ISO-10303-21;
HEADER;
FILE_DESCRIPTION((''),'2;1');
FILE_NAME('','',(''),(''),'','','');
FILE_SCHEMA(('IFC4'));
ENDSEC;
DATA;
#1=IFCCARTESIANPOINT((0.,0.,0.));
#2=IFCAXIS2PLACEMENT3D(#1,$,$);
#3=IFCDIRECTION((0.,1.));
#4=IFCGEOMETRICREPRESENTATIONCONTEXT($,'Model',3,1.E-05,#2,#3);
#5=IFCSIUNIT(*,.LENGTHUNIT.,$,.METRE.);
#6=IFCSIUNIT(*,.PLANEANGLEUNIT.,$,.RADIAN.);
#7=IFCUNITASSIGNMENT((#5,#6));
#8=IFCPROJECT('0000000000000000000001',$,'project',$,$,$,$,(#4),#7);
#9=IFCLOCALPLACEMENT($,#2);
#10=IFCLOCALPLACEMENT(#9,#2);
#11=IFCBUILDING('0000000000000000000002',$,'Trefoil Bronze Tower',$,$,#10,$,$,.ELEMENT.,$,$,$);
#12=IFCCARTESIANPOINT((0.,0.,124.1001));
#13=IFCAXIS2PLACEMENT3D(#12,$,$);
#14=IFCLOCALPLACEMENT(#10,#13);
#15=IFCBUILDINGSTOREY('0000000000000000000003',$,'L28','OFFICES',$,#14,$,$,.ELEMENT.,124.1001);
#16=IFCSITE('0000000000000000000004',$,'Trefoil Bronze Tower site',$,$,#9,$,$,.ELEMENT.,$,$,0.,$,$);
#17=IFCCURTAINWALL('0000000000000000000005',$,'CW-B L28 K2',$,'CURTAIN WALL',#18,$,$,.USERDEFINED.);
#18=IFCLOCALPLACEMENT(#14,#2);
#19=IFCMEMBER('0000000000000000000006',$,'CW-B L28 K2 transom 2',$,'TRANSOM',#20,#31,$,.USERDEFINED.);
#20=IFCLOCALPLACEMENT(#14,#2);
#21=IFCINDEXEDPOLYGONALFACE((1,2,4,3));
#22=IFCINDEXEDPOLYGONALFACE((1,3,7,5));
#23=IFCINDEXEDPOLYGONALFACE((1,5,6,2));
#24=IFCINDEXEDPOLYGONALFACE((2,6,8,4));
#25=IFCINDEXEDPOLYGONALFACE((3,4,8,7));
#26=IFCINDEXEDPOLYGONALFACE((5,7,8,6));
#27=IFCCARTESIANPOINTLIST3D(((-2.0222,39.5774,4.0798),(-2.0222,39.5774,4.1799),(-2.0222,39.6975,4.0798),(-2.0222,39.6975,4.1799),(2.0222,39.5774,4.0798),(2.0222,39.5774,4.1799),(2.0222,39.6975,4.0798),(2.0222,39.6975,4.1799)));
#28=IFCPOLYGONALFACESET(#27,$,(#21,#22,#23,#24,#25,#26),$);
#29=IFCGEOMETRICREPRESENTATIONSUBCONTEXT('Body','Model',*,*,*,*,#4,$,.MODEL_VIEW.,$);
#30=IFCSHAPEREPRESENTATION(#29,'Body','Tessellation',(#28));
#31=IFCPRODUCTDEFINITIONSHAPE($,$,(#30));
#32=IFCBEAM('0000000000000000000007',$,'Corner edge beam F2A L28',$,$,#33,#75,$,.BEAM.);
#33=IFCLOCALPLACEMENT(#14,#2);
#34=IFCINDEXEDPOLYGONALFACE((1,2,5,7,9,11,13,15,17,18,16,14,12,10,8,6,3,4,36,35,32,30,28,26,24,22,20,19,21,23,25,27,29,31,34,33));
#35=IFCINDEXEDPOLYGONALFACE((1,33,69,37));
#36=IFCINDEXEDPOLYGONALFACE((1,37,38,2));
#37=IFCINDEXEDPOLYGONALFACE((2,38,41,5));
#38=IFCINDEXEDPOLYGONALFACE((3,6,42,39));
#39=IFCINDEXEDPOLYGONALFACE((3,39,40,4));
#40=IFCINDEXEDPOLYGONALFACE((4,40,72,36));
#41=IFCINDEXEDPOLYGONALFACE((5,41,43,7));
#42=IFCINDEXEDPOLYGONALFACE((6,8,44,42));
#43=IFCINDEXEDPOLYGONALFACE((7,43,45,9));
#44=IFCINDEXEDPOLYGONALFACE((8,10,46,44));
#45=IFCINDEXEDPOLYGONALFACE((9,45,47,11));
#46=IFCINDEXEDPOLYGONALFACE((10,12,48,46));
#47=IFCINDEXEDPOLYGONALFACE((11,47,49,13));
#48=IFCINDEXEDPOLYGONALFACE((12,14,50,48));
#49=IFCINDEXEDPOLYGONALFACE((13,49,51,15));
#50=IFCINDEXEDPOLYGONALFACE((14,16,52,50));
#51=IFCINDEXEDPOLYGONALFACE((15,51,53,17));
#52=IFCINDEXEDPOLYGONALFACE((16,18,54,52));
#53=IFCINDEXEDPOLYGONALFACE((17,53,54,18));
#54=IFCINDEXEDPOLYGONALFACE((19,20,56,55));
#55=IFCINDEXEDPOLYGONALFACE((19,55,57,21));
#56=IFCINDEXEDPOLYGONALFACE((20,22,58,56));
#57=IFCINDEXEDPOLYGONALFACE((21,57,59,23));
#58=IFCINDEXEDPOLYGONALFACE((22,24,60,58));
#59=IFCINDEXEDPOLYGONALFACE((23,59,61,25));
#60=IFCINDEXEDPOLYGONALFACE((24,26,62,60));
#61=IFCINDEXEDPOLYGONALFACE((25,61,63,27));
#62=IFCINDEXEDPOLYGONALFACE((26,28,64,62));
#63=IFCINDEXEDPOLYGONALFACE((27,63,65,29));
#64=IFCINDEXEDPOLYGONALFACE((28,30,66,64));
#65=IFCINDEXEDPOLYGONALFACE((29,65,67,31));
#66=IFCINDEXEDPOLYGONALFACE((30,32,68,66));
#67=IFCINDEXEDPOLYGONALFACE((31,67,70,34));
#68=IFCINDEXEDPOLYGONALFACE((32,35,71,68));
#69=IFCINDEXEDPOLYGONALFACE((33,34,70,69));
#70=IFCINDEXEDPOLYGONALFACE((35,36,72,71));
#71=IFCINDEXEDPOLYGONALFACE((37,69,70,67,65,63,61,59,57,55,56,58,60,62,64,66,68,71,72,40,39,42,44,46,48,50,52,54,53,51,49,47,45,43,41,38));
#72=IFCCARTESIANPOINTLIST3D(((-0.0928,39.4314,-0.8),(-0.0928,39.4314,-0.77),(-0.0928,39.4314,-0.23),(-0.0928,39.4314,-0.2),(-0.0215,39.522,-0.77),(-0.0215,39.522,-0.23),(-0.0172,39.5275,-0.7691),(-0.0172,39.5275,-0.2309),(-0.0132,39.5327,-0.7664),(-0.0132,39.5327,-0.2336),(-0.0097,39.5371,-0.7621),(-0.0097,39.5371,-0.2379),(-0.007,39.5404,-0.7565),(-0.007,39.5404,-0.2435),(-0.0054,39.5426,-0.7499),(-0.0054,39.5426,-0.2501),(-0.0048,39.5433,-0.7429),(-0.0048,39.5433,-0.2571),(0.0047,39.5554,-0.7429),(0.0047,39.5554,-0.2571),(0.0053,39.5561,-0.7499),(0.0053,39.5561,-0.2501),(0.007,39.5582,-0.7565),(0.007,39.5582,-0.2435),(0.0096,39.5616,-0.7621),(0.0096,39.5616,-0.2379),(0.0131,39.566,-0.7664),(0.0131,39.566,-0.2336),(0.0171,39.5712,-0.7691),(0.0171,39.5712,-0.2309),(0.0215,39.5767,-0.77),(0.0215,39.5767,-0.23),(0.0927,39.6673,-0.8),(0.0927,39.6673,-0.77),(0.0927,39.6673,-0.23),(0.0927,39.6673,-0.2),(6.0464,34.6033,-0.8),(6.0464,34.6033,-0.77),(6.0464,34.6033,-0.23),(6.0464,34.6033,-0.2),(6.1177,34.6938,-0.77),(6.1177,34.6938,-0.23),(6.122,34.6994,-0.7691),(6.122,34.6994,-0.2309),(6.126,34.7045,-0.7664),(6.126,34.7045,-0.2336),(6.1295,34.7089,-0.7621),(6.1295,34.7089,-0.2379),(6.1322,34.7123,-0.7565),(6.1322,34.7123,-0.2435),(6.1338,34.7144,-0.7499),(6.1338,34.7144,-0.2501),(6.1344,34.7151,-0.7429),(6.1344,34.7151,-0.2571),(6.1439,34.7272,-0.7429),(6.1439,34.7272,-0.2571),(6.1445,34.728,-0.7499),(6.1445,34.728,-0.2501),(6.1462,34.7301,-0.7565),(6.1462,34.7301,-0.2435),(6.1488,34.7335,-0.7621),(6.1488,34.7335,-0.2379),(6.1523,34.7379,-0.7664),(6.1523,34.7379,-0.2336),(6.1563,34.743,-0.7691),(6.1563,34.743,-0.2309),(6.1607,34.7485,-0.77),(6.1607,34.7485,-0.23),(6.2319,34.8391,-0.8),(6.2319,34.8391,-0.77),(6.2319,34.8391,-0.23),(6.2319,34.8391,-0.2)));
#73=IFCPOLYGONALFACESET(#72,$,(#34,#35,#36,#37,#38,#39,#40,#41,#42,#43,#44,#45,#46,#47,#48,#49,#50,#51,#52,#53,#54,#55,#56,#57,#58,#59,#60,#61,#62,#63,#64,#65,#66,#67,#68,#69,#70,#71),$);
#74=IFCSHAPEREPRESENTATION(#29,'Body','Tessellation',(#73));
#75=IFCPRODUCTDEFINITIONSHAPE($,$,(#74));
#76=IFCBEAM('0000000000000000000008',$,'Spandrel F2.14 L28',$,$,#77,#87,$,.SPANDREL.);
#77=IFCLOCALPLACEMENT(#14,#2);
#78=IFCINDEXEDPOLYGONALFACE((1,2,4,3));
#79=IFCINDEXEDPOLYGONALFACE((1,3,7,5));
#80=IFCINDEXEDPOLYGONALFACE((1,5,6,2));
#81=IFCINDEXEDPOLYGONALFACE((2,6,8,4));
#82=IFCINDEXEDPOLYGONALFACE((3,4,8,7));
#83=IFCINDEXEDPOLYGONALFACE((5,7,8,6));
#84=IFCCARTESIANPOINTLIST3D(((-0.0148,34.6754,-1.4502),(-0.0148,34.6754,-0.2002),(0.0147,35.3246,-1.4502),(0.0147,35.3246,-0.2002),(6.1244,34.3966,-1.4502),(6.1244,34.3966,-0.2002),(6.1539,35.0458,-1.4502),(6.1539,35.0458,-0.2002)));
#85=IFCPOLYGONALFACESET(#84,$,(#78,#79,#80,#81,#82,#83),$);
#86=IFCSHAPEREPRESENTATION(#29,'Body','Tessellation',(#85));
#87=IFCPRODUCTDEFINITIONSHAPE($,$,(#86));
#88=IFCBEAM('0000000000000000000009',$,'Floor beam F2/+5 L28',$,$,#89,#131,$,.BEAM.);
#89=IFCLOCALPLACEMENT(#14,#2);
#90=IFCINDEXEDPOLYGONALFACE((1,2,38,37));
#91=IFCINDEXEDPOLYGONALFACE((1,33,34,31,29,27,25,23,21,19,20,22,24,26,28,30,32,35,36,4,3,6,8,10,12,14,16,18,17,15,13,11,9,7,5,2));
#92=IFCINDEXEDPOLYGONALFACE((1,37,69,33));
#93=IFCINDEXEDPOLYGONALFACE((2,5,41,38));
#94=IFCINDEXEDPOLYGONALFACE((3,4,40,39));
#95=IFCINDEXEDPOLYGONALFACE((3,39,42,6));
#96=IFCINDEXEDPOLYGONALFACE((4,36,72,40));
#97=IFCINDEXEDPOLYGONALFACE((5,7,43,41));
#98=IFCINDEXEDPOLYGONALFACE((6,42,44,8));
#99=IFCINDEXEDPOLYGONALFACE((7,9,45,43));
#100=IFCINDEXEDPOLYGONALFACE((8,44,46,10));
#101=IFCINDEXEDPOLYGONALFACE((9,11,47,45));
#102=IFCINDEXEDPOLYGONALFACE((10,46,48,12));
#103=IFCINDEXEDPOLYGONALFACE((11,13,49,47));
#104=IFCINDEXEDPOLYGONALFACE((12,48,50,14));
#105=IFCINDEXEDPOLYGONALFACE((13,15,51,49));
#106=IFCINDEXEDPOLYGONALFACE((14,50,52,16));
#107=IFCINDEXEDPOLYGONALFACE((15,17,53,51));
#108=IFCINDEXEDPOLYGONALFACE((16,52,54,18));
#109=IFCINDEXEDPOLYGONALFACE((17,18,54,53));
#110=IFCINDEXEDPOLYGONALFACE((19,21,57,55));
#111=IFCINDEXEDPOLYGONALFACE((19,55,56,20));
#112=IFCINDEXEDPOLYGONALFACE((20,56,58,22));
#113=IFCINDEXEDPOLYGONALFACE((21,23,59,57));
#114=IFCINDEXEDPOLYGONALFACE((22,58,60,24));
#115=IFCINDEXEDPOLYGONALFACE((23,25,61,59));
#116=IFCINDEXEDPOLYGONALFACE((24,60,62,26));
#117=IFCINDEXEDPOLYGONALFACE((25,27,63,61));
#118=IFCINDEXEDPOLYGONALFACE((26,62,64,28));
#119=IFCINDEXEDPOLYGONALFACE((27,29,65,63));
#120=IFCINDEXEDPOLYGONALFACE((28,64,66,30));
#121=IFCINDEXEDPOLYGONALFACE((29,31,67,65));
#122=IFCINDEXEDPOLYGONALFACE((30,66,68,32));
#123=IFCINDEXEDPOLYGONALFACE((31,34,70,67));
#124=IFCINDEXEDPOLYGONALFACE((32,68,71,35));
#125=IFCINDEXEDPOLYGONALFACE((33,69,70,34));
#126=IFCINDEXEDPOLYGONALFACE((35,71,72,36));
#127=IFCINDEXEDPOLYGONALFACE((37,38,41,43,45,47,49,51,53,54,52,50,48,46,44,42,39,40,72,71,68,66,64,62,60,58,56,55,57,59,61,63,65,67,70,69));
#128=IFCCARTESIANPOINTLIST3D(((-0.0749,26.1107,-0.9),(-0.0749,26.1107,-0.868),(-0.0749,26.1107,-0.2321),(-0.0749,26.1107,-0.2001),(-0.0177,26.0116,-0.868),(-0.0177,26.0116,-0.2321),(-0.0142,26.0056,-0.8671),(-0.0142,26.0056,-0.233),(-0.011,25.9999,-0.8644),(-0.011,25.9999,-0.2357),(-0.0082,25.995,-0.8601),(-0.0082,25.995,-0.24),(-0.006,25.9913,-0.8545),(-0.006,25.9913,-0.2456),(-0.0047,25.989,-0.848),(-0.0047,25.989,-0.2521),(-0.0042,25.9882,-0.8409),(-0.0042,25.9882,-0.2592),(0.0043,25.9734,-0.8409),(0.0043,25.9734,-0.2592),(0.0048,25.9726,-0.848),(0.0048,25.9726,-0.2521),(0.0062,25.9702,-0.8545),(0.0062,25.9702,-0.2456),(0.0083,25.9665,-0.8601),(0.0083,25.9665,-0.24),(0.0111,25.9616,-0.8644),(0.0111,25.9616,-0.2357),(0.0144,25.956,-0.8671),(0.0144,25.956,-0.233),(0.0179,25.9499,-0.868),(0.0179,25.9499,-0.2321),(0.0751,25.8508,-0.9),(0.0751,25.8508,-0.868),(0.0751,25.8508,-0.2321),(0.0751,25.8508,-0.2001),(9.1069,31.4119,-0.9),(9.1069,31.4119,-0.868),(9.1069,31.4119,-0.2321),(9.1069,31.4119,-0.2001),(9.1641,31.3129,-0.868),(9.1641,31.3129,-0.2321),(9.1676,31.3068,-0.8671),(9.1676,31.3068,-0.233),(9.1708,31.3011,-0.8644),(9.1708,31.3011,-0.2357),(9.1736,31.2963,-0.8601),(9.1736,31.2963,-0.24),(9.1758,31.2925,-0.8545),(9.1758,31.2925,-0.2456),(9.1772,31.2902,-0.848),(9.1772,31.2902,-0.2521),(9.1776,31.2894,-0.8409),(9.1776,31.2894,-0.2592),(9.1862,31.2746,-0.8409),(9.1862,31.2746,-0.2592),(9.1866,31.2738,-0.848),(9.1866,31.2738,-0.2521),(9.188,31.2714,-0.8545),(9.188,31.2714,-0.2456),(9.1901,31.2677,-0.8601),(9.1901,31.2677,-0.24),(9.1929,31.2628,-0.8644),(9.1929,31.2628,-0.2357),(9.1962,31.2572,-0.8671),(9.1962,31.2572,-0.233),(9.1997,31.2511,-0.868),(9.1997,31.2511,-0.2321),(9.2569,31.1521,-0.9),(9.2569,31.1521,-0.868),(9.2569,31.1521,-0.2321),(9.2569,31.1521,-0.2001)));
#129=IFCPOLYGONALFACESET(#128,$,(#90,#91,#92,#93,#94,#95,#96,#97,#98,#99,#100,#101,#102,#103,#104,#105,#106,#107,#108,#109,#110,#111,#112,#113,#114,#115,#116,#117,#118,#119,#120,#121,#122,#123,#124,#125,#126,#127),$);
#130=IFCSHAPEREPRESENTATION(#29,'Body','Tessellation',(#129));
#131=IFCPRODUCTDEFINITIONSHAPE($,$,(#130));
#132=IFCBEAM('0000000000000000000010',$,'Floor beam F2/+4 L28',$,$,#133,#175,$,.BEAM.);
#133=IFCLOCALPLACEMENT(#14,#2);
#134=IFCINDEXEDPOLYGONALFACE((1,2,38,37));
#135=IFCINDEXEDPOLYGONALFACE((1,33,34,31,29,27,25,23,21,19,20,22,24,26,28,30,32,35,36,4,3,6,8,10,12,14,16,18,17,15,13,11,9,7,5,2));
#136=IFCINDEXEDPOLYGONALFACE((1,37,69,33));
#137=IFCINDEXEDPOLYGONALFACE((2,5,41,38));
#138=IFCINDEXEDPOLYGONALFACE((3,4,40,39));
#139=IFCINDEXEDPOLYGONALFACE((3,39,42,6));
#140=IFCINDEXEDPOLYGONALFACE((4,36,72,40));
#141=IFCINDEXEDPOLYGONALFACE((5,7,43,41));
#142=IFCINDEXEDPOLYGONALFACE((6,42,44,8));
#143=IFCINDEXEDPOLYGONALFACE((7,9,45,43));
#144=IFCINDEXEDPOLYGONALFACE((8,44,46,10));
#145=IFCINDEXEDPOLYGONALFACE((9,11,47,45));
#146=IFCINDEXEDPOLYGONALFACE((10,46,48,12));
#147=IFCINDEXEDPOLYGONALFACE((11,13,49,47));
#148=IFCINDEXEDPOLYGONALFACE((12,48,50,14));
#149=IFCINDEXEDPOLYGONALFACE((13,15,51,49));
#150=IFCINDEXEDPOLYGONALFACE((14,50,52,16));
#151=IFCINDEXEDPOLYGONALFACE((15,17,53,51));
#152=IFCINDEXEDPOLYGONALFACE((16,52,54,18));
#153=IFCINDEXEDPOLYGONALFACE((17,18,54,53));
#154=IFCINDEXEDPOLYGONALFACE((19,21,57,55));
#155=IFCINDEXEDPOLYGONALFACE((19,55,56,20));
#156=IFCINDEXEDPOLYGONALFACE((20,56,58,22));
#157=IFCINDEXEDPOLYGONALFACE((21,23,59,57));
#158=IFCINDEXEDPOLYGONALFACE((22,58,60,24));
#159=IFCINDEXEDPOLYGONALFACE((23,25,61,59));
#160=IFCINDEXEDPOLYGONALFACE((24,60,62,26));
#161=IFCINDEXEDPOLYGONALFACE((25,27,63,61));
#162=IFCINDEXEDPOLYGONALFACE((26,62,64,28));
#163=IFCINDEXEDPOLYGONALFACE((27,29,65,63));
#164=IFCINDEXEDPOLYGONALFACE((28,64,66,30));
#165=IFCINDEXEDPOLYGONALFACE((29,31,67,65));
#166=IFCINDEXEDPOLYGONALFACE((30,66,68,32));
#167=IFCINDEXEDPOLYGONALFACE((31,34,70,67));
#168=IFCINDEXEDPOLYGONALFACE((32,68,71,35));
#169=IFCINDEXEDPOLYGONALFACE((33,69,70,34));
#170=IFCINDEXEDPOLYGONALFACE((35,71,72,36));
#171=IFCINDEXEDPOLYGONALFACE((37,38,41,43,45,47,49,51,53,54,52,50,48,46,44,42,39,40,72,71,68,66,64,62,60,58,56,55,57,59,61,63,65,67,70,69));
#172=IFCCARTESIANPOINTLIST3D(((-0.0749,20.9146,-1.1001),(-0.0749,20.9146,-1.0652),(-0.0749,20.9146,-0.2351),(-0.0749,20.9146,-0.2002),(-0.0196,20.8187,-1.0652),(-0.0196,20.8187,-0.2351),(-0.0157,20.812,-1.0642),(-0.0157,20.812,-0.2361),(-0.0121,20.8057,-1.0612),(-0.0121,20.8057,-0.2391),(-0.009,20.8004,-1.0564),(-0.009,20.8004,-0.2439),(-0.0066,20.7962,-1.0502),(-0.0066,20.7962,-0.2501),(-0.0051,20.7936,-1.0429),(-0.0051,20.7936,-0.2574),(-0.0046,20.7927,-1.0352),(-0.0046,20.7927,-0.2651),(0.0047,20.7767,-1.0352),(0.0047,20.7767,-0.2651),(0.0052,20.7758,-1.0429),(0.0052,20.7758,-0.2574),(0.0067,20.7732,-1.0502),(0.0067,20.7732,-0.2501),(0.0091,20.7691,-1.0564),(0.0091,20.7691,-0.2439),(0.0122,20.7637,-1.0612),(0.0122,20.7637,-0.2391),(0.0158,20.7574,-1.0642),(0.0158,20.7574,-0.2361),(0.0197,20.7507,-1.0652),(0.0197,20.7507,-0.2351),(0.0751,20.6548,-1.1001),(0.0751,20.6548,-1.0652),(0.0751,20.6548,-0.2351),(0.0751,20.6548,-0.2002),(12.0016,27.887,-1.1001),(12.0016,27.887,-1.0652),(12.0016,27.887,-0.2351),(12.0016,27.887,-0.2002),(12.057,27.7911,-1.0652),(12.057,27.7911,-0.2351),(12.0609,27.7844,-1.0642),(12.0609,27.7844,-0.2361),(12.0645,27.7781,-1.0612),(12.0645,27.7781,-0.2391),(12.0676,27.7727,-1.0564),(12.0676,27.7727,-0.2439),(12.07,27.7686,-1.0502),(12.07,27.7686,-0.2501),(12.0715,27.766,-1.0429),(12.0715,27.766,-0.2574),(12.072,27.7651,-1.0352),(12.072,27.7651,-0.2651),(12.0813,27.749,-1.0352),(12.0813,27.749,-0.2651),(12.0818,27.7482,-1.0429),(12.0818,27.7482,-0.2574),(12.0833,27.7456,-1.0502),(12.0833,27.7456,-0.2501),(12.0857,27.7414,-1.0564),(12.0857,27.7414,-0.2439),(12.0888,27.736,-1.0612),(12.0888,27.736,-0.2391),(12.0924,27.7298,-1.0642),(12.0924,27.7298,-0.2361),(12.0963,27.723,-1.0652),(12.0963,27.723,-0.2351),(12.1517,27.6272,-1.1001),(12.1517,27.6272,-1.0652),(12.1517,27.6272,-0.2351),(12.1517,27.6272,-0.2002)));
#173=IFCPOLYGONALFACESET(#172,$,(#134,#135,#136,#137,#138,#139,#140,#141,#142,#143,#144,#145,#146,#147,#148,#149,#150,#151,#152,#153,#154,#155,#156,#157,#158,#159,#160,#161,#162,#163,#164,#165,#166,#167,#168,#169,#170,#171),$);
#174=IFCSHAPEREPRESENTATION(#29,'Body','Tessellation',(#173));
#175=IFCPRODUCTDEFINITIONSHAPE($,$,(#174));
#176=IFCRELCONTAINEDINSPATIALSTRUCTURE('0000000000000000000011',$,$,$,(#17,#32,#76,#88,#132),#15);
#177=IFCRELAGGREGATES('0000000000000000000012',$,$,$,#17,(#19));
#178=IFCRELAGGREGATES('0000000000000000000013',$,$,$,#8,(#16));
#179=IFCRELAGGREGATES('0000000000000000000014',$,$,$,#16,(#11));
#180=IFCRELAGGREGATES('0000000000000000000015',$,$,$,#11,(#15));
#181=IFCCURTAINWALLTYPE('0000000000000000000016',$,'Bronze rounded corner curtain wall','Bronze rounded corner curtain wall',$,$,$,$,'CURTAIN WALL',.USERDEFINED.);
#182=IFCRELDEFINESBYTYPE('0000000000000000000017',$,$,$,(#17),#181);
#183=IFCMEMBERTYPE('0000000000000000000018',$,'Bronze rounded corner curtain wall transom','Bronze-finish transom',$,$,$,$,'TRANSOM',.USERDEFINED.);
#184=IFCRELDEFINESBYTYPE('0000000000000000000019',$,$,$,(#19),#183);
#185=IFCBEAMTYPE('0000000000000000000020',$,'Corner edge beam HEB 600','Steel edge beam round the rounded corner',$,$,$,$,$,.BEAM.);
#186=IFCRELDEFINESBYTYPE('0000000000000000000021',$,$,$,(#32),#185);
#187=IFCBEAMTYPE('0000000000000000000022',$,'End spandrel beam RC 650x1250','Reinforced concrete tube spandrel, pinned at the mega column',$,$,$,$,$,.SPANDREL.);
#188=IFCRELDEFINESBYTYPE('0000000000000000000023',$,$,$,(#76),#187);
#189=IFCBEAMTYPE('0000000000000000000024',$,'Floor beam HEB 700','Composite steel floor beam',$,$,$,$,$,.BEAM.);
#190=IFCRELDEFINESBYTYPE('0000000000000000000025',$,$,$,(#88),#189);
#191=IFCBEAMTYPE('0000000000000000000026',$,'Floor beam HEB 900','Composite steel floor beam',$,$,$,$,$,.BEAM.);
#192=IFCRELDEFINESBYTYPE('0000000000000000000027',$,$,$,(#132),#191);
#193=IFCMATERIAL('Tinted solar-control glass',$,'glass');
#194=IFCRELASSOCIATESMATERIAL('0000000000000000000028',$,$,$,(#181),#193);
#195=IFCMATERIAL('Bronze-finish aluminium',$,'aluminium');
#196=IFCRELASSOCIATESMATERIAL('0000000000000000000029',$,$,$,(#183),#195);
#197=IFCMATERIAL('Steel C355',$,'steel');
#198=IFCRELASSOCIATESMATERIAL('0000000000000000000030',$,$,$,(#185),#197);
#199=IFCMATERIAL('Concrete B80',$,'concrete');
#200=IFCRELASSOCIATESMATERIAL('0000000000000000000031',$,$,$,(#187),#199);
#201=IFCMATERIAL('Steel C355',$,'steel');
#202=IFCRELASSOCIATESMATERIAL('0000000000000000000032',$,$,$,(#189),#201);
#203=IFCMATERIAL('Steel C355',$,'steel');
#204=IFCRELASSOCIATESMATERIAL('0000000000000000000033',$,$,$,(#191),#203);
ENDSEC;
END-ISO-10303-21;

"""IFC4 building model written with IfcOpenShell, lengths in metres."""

from ifc_helpers import new_model, si_unit, direction, frame, origin, origin_2d, place, context, subcontext, project, spatial, rectangle, i_section, extrude, material, material_profile, profile_set, type_object, element, aggregate, save


model = new_model("IFC4")

# Units and contexts
model_context = context("Model", 3, precision=1e-05, world=origin(), true_north=direction((0.0, 1.0)))
body_context = subcontext(model_context, "Body", "Model", "MODEL_VIEW")
ifc_project = project(units=[si_unit("LENGTHUNIT", "METRE"), si_unit("PLANEANGLEUNIT", "RADIAN")], contexts=[model_context])

# Site, building, storey
site_placement = place(None, origin())
site = spatial("IfcSite", under=ifc_project, at=site_placement, Name="Trefoil Bronze Tower site", CompositionType="ELEMENT", RefElevation=0.0)
building_placement = place(site_placement, origin())
building = spatial("IfcBuilding", under=site, at=building_placement, Name="Trefoil Bronze Tower", CompositionType="ELEMENT")
storey_placement = place(building_placement, frame((0.0, 0.0, 124.1001)))
storey = spatial("IfcBuildingStorey", under=building, at=storey_placement, Name="L28", Description="OFFICES", CompositionType="ELEMENT", Elevation=124.1001)

# Curtain wall, member
ifc_material_1 = material(Name="Tinted solar-control glass", Category="glass")
curtain_wall_type_1 = type_object("IfcCurtainWallType", Name="Bronze rounded corner curtain wall", Description="Bronze rounded corner curtain wall", ElementType="CURTAIN WALL", PredefinedType="USERDEFINED", material=ifc_material_1)
curtain_wall_1_placement = place(storey_placement, origin())
curtain_wall_1 = element("IfcCurtainWall", 1, at=curtain_wall_1_placement, inside=storey, type_object=curtain_wall_type_1, Name="CW-B L28 K2", ObjectType="CURTAIN WALL", PredefinedType="USERDEFINED")
ifc_material_2 = material(Name="Bronze-finish aluminium", Category="aluminium")
ifc_material_profile_1 = material_profile(ifc_material_2, rectangle(XDim=0.1201, YDim=0.1001, at=origin_2d()), Name="CW-B transom")
ifc_profile_set_1 = profile_set([ifc_material_profile_1], Name="Bronze-finish aluminium")
member_type_1 = type_object("IfcMemberType", Name="Bronze rounded corner curtain wall transom", Description="Bronze-finish transom", ElementType="TRANSOM", PredefinedType="USERDEFINED", material=ifc_profile_set_1)
member_1_placement = place(storey_placement, frame((2.0222, 39.6375, 4.1299), z_axis=(-1.0, 0.0, 0.0), x_axis=(0.0, -1.0, 0.0)))
member_1 = element("IfcMember", 2, at=member_1_placement, type_object=member_type_1, Name="CW-B L28 K2 transom 2", ObjectType="TRANSOM", PredefinedType="USERDEFINED", context=body_context, shape_type="SweptSolid", body=[
    extrude(rectangle(XDim=0.1201, YDim=0.1001, at=origin_2d()), origin(), (0.0, 0.0, 1.0), 4.0444),
])

# Beams
ifc_material_3 = material(Name="Steel C355", Category="steel")
ifc_material_profile_2 = material_profile(ifc_material_3, i_section(OverallWidth=0.3, OverallDepth=0.6001, WebThickness=0.0154, FlangeThickness=0.03, FilletRadius=0.0271, at=origin_2d()), Name="HEB 600")
ifc_profile_set_2 = profile_set([ifc_material_profile_2], Name="Steel C355")
beam_type_1 = type_object("IfcBeamType", Name="Corner edge beam HEB 600", Description="Steel edge beam round the rounded corner", PredefinedType="BEAM", material=ifc_profile_set_2)
beam_1_placement = place(storey_placement, frame((6.1392, 34.7212, -0.5), z_axis=(-0.786038, 0.618178, 0.0), x_axis=(-0.618178, -0.786038, 0.0)))
element("IfcBeam", 3, at=beam_1_placement, inside=storey, type_object=beam_type_1, Name="Corner edge beam F2A L28", PredefinedType="BEAM", context=body_context, shape_type="SweptSolid", body=[
    extrude(i_section(OverallWidth=0.3, OverallDepth=0.6001, WebThickness=0.0154, FlangeThickness=0.03, FilletRadius=0.0271, at=origin_2d()), origin(), (0.0, 0.0, 1.0), 7.8103),
])
ifc_material_4 = material(Name="Concrete B80", Category="concrete")
ifc_material_profile_3 = material_profile(ifc_material_4, rectangle(XDim=0.6499, YDim=1.25, at=origin_2d()), Name="RC 650x1250")
ifc_profile_set_3 = profile_set([ifc_material_profile_3], Name="Concrete B80")
beam_type_2 = type_object("IfcBeamType", Name="End spandrel beam RC 650x1250", Description="Reinforced concrete tube spandrel, pinned at the mega column", PredefinedType="SPANDREL", material=ifc_profile_set_3)
beam_2_placement = place(storey_placement, frame((6.1392, 34.7212, -0.8252), z_axis=(-0.99897, 0.045368, 0.0), x_axis=(-0.045368, -0.99897, 0.0)))
element("IfcBeam", 4, at=beam_2_placement, inside=storey, type_object=beam_type_2, Name="Spandrel F2.14 L28", PredefinedType="SPANDREL", context=body_context, shape_type="SweptSolid", body=[
    extrude(rectangle(XDim=0.6499, YDim=1.25, at=origin_2d()), origin(), (0.0, 0.0, 1.0), 6.1455),
])
ifc_material_5 = material(Name="Steel C355", Category="steel")
ifc_material_profile_4 = material_profile(ifc_material_5, i_section(OverallWidth=0.3, OverallDepth=0.7, WebThickness=0.0171, FlangeThickness=0.032, FilletRadius=0.0271, at=origin_2d()), Name="HEB 700")
ifc_profile_set_4 = profile_set([ifc_material_profile_4], Name="Steel C355")
beam_type_3 = type_object("IfcBeamType", Name="Floor beam HEB 700", Description="Composite steel floor beam", PredefinedType="BEAM", material=ifc_profile_set_4)
beam_3_placement = place(storey_placement, frame((9.1819, 31.282, -0.55), z_axis=(-0.866021, -0.500007, 0.0), x_axis=(0.500007, -0.866021, 0.0)))
element("IfcBeam", 5, at=beam_3_placement, inside=storey, type_object=beam_type_3, Name="Floor beam F2/+5 L28", PredefinedType="BEAM", context=body_context, shape_type="SweptSolid", body=[
    extrude(i_section(OverallWidth=0.3, OverallDepth=0.7, WebThickness=0.0171, FlangeThickness=0.032, FilletRadius=0.0271, at=origin_2d()), origin(), (0.0, 0.0, 1.0), 10.6023),
])
ifc_material_6 = material(Name="Steel C355", Category="steel")
ifc_material_profile_5 = material_profile(ifc_material_6, i_section(OverallWidth=0.3, OverallDepth=0.8999, WebThickness=0.0186, FlangeThickness=0.0349, FilletRadius=0.03, at=origin_2d()), Name="HEB 900")
ifc_profile_set_5 = profile_set([ifc_material_profile_5], Name="Steel C355")
beam_type_4 = type_object("IfcBeamType", Name="Floor beam HEB 900", Description="Composite steel floor beam", PredefinedType="BEAM", material=ifc_profile_set_5)
beam_4_placement = place(storey_placement, frame((12.0767, 27.7571, -0.6501), z_axis=(-0.866027, -0.499997, 0.0), x_axis=(0.499997, -0.866027, 0.0)))
element("IfcBeam", 6, at=beam_4_placement, inside=storey, type_object=beam_type_4, Name="Floor beam F2/+4 L28", PredefinedType="BEAM", context=body_context, shape_type="SweptSolid", body=[
    extrude(i_section(OverallWidth=0.3, OverallDepth=0.8999, WebThickness=0.0186, FlangeThickness=0.0349, FilletRadius=0.03, at=origin_2d()), origin(), (0.0, 0.0, 1.0), 13.9448),
])

aggregate(curtain_wall_1, [member_1])

save(model, "model.ifc")
